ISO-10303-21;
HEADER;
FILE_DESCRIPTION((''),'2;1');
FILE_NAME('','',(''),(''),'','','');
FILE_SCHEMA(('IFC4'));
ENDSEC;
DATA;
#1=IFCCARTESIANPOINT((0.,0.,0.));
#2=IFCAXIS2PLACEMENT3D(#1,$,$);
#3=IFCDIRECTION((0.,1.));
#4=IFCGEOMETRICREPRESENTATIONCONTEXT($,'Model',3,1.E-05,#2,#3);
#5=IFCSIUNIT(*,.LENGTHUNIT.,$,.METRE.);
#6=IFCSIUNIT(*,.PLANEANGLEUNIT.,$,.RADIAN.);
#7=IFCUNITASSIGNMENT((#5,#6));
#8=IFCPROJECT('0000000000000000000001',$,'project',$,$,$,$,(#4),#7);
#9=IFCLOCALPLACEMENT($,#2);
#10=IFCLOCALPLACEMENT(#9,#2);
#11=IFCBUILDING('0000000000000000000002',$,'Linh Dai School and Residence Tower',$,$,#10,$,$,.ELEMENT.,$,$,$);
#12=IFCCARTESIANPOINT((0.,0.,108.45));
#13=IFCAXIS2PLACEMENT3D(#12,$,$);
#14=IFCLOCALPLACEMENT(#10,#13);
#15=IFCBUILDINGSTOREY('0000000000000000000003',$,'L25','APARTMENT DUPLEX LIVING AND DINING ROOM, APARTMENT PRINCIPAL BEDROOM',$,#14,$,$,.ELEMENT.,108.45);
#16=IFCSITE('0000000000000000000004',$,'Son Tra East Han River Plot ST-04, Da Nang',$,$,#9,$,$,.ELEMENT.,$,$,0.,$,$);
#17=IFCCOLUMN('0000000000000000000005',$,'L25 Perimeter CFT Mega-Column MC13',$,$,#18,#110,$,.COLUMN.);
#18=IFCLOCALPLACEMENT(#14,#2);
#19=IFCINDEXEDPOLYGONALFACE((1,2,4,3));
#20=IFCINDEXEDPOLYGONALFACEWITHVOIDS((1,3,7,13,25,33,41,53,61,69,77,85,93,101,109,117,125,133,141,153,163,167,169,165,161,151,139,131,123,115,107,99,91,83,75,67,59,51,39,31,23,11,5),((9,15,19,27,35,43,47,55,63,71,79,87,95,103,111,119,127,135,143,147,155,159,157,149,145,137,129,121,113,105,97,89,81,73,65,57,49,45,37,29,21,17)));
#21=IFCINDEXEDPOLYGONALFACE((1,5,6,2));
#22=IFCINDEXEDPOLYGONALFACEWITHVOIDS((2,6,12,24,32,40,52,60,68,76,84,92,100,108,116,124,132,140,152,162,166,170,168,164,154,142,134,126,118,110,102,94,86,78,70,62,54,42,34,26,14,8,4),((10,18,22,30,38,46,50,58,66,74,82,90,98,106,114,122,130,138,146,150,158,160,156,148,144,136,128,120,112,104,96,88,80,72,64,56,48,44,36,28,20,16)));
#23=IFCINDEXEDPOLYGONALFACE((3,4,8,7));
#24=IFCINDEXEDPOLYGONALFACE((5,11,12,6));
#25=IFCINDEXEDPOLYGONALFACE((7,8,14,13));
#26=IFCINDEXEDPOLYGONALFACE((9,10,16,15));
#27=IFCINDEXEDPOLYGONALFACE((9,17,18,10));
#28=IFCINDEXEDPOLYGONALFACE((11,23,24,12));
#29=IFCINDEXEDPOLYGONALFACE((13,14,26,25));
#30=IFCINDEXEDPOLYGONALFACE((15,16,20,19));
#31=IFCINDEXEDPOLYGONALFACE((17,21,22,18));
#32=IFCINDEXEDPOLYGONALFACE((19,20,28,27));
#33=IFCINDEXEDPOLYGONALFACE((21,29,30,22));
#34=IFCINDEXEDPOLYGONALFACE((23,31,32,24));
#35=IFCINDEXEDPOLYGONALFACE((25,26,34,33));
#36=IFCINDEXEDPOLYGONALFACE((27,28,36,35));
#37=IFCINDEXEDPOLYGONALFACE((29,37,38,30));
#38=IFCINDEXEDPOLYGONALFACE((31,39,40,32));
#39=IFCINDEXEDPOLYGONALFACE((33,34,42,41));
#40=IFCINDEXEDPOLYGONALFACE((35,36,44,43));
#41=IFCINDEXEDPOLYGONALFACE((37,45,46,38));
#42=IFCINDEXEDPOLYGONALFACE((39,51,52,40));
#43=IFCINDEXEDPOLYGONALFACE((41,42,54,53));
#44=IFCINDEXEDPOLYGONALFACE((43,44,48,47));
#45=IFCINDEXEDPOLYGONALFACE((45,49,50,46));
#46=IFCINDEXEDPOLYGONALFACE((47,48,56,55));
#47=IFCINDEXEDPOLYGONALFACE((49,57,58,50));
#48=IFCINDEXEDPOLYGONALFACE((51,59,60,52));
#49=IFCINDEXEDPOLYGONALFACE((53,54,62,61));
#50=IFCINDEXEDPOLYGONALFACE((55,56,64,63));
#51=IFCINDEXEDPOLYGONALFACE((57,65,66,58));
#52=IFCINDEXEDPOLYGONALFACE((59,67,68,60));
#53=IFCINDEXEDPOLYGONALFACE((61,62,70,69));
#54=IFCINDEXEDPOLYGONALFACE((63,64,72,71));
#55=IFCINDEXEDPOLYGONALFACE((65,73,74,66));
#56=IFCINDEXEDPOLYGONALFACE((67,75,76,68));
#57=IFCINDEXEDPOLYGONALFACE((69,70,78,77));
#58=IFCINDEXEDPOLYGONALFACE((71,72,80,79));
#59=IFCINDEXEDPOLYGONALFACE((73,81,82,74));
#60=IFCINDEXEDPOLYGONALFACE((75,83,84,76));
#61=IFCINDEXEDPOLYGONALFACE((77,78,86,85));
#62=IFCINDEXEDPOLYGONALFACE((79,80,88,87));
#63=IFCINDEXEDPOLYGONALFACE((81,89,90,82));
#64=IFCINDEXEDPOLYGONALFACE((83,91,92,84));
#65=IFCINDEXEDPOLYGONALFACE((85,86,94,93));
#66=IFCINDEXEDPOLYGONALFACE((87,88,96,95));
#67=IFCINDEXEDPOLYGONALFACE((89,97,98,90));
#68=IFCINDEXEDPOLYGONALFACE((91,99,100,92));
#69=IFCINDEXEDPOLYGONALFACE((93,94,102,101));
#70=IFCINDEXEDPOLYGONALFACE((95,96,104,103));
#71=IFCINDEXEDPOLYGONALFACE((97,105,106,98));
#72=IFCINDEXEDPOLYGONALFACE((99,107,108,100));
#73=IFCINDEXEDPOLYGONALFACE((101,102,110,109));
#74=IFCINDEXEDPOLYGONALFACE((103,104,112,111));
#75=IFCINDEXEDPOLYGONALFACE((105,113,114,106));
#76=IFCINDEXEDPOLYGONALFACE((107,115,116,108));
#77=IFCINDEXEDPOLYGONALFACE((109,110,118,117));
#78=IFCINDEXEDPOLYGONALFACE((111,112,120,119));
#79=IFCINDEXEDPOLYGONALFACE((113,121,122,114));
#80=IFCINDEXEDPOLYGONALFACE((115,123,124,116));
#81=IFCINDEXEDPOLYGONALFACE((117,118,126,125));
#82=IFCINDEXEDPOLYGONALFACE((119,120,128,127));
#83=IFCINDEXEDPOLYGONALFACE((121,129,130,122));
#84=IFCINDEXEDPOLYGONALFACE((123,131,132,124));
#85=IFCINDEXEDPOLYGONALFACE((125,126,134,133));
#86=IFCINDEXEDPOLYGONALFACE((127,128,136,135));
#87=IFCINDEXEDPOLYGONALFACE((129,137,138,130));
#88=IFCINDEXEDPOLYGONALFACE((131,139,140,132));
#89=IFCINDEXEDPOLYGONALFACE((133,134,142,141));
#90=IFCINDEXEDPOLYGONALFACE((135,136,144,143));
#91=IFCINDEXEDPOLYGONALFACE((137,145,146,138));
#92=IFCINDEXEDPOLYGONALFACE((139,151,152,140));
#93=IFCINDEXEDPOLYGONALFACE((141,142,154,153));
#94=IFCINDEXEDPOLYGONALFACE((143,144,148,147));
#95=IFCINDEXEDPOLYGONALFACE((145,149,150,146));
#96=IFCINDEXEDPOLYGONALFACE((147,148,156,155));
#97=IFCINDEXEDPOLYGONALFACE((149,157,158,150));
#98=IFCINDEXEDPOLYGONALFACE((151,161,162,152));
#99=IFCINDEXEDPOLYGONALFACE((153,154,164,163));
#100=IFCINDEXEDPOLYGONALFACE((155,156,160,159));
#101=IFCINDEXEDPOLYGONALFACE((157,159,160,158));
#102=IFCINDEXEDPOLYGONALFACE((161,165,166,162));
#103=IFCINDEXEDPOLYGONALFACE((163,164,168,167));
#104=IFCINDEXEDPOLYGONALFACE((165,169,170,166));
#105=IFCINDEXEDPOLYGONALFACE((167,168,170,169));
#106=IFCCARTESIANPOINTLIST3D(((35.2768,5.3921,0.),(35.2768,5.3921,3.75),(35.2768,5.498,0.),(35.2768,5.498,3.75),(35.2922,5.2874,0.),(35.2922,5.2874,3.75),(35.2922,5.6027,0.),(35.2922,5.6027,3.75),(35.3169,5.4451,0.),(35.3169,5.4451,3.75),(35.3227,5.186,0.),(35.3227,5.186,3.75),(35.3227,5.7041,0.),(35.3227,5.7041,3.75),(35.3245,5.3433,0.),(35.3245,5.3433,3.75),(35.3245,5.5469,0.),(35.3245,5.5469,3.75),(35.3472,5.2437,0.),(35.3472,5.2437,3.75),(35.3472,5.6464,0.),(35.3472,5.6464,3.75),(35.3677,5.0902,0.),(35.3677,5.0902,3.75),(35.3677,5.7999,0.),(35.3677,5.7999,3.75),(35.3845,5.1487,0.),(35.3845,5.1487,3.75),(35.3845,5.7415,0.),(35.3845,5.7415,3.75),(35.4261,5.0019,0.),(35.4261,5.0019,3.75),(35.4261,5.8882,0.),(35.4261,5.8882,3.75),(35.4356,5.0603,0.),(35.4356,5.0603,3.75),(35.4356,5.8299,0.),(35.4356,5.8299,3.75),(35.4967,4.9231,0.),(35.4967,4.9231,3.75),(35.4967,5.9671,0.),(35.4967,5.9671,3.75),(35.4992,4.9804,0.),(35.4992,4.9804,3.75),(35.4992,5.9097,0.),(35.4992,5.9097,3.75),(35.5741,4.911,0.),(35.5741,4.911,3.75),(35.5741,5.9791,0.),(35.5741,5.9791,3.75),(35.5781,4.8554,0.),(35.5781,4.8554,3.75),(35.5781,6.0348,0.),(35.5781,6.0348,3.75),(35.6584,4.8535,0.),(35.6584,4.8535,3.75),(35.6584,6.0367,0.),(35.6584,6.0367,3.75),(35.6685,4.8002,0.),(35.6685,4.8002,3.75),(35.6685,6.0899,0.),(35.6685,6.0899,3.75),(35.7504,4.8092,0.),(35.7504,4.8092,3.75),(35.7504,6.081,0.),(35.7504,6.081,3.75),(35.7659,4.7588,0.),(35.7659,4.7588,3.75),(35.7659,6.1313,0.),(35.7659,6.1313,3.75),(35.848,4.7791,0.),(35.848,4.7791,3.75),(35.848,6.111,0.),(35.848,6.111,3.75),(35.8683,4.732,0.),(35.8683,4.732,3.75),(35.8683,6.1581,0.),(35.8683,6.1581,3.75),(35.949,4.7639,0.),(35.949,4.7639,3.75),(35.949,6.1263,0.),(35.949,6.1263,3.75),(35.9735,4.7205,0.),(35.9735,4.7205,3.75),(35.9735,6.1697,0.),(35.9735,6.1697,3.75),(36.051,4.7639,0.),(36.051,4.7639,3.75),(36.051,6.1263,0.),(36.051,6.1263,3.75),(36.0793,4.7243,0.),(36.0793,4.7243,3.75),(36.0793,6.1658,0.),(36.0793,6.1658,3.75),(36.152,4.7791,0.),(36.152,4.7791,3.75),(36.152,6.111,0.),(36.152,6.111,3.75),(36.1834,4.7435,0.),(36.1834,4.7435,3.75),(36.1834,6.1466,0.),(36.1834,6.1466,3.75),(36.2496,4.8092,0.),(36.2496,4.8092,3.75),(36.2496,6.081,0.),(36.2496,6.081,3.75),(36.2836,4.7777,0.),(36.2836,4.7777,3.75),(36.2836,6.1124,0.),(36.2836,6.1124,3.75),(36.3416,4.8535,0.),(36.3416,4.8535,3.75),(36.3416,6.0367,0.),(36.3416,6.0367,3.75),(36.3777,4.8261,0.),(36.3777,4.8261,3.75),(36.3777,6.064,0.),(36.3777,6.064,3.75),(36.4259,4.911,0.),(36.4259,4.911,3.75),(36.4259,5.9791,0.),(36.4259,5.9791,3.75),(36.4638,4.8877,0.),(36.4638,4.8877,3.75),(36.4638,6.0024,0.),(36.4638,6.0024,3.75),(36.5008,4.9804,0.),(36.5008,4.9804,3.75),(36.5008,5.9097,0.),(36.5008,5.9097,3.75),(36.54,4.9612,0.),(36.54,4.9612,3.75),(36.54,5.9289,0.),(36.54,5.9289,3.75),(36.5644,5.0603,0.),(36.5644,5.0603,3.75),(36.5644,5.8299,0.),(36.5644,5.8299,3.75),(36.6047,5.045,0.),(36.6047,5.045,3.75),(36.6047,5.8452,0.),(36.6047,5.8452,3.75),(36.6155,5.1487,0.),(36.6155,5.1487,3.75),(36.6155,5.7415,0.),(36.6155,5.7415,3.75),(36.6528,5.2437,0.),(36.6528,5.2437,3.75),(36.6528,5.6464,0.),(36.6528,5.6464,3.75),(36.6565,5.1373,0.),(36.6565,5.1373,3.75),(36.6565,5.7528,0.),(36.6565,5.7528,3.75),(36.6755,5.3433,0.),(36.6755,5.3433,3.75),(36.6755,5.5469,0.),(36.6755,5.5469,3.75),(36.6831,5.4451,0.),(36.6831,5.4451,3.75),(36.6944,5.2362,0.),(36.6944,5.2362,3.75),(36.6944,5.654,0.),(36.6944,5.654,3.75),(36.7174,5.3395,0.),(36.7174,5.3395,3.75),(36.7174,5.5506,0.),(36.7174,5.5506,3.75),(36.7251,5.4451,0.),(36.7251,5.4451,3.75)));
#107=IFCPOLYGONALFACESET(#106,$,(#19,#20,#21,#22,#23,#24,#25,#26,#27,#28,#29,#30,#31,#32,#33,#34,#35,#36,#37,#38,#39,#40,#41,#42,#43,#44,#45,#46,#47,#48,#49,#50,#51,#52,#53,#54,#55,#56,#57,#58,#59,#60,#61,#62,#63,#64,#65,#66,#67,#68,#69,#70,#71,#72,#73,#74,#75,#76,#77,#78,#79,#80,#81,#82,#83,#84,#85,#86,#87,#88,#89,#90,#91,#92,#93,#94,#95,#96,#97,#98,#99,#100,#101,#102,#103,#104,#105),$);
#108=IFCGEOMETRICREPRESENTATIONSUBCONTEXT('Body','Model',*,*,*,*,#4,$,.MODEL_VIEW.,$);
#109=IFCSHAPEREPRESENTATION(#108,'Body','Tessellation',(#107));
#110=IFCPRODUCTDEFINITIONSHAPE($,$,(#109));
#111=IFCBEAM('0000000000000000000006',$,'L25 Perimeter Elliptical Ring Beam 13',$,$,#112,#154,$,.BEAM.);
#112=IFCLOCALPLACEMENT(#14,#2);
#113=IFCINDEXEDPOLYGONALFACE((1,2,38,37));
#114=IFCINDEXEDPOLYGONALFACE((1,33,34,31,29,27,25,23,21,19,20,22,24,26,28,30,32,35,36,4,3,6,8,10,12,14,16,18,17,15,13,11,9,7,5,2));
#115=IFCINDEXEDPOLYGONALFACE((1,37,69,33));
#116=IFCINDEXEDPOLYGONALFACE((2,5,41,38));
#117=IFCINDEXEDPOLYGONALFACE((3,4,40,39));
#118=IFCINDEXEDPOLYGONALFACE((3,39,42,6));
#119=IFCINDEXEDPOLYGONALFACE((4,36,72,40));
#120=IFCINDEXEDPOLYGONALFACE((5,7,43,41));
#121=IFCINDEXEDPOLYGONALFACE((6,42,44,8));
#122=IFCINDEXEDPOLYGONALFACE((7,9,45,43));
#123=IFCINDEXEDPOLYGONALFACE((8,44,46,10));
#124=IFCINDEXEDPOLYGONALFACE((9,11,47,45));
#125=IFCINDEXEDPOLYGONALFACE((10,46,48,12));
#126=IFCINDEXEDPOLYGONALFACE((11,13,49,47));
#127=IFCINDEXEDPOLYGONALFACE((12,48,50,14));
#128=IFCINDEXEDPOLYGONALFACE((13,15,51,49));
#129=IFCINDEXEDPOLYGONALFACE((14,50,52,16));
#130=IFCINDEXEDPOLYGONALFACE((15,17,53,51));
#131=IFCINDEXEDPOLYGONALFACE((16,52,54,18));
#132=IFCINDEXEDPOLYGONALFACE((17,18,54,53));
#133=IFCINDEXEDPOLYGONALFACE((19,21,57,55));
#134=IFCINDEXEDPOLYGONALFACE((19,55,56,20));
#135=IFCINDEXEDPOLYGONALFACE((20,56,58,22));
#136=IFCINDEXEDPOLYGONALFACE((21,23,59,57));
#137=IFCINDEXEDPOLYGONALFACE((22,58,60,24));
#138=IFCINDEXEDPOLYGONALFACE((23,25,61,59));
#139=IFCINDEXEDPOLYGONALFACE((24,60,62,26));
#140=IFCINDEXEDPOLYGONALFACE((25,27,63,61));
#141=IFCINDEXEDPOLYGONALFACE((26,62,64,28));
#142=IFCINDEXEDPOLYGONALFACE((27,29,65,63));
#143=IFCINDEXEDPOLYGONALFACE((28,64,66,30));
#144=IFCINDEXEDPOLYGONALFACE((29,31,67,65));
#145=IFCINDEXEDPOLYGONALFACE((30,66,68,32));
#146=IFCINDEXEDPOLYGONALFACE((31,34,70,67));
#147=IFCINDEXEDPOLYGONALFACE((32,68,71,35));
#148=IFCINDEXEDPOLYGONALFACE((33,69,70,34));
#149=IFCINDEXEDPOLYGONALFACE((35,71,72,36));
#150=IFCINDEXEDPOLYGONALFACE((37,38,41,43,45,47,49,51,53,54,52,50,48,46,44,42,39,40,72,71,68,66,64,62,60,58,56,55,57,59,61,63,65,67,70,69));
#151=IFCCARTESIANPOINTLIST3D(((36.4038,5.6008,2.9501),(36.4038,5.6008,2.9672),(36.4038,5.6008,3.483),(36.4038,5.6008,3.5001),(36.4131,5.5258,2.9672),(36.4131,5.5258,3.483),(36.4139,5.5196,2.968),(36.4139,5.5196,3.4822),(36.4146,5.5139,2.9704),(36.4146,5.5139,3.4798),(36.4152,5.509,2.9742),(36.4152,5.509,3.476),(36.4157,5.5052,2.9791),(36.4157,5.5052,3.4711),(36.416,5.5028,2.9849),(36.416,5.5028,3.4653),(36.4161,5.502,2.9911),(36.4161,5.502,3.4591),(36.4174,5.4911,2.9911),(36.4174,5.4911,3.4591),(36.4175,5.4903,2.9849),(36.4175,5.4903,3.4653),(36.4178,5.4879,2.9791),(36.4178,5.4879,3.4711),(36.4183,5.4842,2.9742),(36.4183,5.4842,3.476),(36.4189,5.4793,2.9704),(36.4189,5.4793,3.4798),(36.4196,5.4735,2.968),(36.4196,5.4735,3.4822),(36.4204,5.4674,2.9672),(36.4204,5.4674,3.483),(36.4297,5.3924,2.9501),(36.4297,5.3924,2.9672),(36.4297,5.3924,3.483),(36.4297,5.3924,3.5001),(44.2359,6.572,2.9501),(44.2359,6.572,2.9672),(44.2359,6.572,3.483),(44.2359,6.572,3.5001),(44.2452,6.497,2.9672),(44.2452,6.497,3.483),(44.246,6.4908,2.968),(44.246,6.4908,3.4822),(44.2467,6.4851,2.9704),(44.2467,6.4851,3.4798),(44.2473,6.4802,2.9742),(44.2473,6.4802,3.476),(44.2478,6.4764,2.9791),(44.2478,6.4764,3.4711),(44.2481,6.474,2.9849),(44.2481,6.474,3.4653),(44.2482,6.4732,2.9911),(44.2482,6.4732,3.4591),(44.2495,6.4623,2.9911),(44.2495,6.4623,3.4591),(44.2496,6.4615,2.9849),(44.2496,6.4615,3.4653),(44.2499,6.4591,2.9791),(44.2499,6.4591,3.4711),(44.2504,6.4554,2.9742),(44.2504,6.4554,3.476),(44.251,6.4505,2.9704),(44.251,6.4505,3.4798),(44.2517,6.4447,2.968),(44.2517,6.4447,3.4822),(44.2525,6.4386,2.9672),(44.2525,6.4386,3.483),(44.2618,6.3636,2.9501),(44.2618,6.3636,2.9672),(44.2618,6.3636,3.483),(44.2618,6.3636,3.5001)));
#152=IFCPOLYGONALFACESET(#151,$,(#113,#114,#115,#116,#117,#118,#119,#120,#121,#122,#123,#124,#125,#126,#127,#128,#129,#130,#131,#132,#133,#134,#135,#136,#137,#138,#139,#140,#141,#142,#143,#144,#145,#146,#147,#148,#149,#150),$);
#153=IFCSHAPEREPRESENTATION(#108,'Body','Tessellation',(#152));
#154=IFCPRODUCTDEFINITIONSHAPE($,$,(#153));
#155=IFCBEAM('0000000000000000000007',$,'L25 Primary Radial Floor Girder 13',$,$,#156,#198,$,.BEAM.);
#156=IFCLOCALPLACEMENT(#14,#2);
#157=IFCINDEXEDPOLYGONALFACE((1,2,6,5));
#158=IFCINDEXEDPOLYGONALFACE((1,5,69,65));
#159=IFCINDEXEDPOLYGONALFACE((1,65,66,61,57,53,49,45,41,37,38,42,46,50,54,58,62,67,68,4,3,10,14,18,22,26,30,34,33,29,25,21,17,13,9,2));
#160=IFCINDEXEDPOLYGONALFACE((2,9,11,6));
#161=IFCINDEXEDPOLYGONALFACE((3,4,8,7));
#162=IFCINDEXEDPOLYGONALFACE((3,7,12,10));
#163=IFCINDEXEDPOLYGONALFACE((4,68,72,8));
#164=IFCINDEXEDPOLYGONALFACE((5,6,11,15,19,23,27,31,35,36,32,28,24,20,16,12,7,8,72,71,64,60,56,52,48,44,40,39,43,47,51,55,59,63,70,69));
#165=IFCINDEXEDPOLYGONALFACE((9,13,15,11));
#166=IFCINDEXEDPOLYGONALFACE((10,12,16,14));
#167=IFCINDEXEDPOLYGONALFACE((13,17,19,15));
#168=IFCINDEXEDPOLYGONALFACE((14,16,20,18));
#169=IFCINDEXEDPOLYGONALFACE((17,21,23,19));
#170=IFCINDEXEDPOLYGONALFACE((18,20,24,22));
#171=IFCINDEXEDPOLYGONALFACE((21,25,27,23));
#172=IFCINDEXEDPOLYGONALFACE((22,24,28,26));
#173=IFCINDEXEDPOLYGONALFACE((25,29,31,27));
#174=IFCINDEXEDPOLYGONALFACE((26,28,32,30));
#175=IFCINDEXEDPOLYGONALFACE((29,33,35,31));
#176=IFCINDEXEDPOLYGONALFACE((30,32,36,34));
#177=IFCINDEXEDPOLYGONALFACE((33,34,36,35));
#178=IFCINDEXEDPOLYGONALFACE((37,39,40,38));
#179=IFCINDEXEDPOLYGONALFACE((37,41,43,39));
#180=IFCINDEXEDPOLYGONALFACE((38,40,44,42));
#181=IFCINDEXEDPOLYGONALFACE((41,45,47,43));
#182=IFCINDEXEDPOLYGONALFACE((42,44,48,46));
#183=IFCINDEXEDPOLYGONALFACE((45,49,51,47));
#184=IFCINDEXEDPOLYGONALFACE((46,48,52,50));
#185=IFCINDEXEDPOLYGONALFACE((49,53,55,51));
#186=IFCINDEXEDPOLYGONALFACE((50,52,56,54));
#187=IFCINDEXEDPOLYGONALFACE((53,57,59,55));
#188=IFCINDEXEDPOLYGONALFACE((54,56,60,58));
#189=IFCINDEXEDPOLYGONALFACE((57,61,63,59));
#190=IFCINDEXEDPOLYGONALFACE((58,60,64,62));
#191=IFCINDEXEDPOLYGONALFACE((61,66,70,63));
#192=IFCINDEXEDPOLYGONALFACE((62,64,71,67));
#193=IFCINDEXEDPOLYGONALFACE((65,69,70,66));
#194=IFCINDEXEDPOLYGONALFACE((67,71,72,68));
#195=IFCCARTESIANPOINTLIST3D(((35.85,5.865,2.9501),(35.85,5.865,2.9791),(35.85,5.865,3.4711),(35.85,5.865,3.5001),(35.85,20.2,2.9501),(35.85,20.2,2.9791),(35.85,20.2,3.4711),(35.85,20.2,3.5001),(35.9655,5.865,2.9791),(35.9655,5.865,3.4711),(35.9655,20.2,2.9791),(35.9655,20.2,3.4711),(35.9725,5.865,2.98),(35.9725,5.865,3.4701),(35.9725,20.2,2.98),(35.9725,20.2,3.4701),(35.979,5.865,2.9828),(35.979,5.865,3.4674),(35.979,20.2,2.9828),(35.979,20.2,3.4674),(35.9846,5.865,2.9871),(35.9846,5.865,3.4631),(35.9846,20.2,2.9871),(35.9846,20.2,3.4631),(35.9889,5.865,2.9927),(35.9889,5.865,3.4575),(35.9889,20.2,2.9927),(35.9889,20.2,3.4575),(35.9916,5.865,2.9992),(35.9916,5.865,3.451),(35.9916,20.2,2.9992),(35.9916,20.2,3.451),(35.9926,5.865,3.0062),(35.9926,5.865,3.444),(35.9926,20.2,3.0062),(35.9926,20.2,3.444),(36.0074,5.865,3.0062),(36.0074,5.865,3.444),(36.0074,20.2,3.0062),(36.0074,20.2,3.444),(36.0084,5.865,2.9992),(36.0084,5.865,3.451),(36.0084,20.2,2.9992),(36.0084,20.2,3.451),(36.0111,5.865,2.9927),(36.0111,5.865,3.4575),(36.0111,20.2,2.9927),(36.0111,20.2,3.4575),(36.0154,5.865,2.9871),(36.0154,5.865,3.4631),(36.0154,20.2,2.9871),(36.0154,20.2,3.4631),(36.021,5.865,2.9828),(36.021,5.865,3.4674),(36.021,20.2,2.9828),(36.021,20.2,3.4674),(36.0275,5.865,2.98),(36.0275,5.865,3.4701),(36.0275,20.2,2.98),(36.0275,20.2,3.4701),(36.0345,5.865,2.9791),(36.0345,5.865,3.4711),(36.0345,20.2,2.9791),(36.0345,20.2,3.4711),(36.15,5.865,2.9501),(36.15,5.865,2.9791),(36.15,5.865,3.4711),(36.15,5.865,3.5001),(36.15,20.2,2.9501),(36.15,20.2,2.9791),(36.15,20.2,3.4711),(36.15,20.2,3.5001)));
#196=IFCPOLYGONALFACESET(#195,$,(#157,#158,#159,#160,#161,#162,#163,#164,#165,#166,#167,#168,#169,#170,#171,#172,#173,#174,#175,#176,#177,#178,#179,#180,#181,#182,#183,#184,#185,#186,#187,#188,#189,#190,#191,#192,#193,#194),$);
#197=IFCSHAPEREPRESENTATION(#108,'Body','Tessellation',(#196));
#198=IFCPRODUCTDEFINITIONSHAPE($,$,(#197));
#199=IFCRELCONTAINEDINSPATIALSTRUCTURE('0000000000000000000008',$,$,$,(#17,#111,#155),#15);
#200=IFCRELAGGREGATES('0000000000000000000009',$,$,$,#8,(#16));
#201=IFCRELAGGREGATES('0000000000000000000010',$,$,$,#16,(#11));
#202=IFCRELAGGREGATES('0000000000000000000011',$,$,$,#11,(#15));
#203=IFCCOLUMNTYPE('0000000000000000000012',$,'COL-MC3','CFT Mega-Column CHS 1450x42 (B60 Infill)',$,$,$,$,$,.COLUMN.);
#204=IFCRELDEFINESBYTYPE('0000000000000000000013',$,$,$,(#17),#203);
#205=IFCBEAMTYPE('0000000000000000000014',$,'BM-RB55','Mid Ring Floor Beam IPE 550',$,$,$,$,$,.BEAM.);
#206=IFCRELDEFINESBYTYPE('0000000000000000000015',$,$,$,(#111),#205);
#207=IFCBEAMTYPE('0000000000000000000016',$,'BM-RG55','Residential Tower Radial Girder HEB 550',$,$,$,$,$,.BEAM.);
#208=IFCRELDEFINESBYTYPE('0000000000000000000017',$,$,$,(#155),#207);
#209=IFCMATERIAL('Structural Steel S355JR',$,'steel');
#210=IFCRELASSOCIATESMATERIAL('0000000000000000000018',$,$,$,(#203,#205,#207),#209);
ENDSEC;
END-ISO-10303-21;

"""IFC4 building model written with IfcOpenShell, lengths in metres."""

from ifc_helpers import new_model, si_unit, direction, frame, origin, origin_2d, place, context, subcontext, project, spatial, hollow_circle, i_section, extrude, material, material_profile, profile_set, type_object, element, save


model = new_model("IFC4")

# Units and contexts
model_context = context("Model", 3, precision=1e-05, world=origin(), true_north=direction((0.0, 1.0)))
body_context = subcontext(model_context, "Body", "Model", "MODEL_VIEW")
ifc_project = project(units=[si_unit("LENGTHUNIT", "METRE"), si_unit("PLANEANGLEUNIT", "RADIAN")], contexts=[model_context])

# Site, building, storey
site_placement = place(None, origin())
site = spatial("IfcSite", under=ifc_project, at=site_placement, Name="Son Tra East Han River Plot ST-04, Da Nang", CompositionType="ELEMENT", RefElevation=0.0)
building_placement = place(site_placement, origin())
building = spatial("IfcBuilding", under=site, at=building_placement, Name="Linh Dai School and Residence Tower", CompositionType="ELEMENT")
storey_placement = place(building_placement, frame((0.0, 0.0, 108.45)))
storey = spatial("IfcBuildingStorey", under=building, at=storey_placement, Name="L25", Description="APARTMENT DUPLEX LIVING AND DINING ROOM, APARTMENT PRINCIPAL BEDROOM", CompositionType="ELEMENT", Elevation=108.45)

# Column
ifc_material_1 = material(Name="Structural Steel S355JR", Category="steel")
ifc_material_profile_1 = material_profile(ifc_material_1, hollow_circle(Radius=0.7251, WallThickness=0.042, at=origin_2d()), Name="CHS 1450x42")
ifc_profile_set_1 = profile_set([ifc_material_profile_1], Name="Structural Steel S355JR")
column_type = type_object("IfcColumnType", Name="COL-MC3", Description="CFT Mega-Column CHS 1450x42 (B60 Infill)", PredefinedType="COLUMN", material=ifc_profile_set_1)
column_placement = place(storey_placement, frame((36.0, 5.4451, 0.0), z_axis=(0.0, 0.0, 1.0), x_axis=(1.0, 0.0, 0.0)))
element("IfcColumn", 1, at=column_placement, inside=storey, type_object=column_type, Name="L25 Perimeter CFT Mega-Column MC13", PredefinedType="COLUMN", context=body_context, shape_type="SweptSolid", body=[
    extrude(hollow_circle(Radius=0.7251, WallThickness=0.042, at=origin_2d()), origin(), (0.0, 0.0, 1.0), 3.75),
])

# Beams
ifc_material_profile_2 = material_profile(ifc_material_1, i_section(OverallWidth=0.21, OverallDepth=0.55, WebThickness=0.011, FlangeThickness=0.0171, FilletRadius=0.0239, at=origin_2d()), Name="IPE 550")
ifc_profile_set_2 = profile_set([ifc_material_profile_2], Name="Structural Steel S355JR")
beam_type_1 = type_object("IfcBeamType", Name="BM-RB55", Description="Mid Ring Floor Beam IPE 550", PredefinedType="BEAM", material=ifc_profile_set_2)
beam_1_placement = place(storey_placement, frame((36.4167, 5.4966, 3.2251), z_axis=(0.992399, 0.12306, 0.0), x_axis=(-0.12306, 0.992399, 0.0)))
element("IfcBeam", 2, at=beam_1_placement, inside=storey, type_object=beam_type_1, Name="L25 Perimeter Elliptical Ring Beam 13", PredefinedType="BEAM", context=body_context, shape_type="SweptSolid", body=[
    extrude(i_section(OverallWidth=0.21, OverallDepth=0.55, WebThickness=0.011, FlangeThickness=0.0171, FilletRadius=0.0239, at=origin_2d()), origin(), (0.0, 0.0, 1.0), 7.8921),
])
ifc_material_profile_3 = material_profile(ifc_material_1, i_section(OverallWidth=0.3, OverallDepth=0.55, WebThickness=0.0149, FlangeThickness=0.0291, FilletRadius=0.0271, at=origin_2d()), Name="HEB 550")
ifc_profile_set_3 = profile_set([ifc_material_profile_3], Name="Structural Steel S355JR")
beam_type_2 = type_object("IfcBeamType", Name="BM-RG55", Description="Residential Tower Radial Girder HEB 550", PredefinedType="BEAM", material=ifc_profile_set_3)
beam_2_placement = place(storey_placement, frame((36.0, 20.2, 3.2251), z_axis=(0.0, -1.0, 0.0), x_axis=(1.0, 0.0, 0.0)))
element("IfcBeam", 3, at=beam_2_placement, inside=storey, type_object=beam_type_2, Name="L25 Primary Radial Floor Girder 13", PredefinedType="BEAM", context=body_context, shape_type="SweptSolid", body=[
    extrude(i_section(OverallWidth=0.3, OverallDepth=0.55, WebThickness=0.0149, FlangeThickness=0.0291, FilletRadius=0.0271, at=origin_2d()), origin(), (0.0, 0.0, 1.0), 14.335),
])

save(model, "model.ifc")
